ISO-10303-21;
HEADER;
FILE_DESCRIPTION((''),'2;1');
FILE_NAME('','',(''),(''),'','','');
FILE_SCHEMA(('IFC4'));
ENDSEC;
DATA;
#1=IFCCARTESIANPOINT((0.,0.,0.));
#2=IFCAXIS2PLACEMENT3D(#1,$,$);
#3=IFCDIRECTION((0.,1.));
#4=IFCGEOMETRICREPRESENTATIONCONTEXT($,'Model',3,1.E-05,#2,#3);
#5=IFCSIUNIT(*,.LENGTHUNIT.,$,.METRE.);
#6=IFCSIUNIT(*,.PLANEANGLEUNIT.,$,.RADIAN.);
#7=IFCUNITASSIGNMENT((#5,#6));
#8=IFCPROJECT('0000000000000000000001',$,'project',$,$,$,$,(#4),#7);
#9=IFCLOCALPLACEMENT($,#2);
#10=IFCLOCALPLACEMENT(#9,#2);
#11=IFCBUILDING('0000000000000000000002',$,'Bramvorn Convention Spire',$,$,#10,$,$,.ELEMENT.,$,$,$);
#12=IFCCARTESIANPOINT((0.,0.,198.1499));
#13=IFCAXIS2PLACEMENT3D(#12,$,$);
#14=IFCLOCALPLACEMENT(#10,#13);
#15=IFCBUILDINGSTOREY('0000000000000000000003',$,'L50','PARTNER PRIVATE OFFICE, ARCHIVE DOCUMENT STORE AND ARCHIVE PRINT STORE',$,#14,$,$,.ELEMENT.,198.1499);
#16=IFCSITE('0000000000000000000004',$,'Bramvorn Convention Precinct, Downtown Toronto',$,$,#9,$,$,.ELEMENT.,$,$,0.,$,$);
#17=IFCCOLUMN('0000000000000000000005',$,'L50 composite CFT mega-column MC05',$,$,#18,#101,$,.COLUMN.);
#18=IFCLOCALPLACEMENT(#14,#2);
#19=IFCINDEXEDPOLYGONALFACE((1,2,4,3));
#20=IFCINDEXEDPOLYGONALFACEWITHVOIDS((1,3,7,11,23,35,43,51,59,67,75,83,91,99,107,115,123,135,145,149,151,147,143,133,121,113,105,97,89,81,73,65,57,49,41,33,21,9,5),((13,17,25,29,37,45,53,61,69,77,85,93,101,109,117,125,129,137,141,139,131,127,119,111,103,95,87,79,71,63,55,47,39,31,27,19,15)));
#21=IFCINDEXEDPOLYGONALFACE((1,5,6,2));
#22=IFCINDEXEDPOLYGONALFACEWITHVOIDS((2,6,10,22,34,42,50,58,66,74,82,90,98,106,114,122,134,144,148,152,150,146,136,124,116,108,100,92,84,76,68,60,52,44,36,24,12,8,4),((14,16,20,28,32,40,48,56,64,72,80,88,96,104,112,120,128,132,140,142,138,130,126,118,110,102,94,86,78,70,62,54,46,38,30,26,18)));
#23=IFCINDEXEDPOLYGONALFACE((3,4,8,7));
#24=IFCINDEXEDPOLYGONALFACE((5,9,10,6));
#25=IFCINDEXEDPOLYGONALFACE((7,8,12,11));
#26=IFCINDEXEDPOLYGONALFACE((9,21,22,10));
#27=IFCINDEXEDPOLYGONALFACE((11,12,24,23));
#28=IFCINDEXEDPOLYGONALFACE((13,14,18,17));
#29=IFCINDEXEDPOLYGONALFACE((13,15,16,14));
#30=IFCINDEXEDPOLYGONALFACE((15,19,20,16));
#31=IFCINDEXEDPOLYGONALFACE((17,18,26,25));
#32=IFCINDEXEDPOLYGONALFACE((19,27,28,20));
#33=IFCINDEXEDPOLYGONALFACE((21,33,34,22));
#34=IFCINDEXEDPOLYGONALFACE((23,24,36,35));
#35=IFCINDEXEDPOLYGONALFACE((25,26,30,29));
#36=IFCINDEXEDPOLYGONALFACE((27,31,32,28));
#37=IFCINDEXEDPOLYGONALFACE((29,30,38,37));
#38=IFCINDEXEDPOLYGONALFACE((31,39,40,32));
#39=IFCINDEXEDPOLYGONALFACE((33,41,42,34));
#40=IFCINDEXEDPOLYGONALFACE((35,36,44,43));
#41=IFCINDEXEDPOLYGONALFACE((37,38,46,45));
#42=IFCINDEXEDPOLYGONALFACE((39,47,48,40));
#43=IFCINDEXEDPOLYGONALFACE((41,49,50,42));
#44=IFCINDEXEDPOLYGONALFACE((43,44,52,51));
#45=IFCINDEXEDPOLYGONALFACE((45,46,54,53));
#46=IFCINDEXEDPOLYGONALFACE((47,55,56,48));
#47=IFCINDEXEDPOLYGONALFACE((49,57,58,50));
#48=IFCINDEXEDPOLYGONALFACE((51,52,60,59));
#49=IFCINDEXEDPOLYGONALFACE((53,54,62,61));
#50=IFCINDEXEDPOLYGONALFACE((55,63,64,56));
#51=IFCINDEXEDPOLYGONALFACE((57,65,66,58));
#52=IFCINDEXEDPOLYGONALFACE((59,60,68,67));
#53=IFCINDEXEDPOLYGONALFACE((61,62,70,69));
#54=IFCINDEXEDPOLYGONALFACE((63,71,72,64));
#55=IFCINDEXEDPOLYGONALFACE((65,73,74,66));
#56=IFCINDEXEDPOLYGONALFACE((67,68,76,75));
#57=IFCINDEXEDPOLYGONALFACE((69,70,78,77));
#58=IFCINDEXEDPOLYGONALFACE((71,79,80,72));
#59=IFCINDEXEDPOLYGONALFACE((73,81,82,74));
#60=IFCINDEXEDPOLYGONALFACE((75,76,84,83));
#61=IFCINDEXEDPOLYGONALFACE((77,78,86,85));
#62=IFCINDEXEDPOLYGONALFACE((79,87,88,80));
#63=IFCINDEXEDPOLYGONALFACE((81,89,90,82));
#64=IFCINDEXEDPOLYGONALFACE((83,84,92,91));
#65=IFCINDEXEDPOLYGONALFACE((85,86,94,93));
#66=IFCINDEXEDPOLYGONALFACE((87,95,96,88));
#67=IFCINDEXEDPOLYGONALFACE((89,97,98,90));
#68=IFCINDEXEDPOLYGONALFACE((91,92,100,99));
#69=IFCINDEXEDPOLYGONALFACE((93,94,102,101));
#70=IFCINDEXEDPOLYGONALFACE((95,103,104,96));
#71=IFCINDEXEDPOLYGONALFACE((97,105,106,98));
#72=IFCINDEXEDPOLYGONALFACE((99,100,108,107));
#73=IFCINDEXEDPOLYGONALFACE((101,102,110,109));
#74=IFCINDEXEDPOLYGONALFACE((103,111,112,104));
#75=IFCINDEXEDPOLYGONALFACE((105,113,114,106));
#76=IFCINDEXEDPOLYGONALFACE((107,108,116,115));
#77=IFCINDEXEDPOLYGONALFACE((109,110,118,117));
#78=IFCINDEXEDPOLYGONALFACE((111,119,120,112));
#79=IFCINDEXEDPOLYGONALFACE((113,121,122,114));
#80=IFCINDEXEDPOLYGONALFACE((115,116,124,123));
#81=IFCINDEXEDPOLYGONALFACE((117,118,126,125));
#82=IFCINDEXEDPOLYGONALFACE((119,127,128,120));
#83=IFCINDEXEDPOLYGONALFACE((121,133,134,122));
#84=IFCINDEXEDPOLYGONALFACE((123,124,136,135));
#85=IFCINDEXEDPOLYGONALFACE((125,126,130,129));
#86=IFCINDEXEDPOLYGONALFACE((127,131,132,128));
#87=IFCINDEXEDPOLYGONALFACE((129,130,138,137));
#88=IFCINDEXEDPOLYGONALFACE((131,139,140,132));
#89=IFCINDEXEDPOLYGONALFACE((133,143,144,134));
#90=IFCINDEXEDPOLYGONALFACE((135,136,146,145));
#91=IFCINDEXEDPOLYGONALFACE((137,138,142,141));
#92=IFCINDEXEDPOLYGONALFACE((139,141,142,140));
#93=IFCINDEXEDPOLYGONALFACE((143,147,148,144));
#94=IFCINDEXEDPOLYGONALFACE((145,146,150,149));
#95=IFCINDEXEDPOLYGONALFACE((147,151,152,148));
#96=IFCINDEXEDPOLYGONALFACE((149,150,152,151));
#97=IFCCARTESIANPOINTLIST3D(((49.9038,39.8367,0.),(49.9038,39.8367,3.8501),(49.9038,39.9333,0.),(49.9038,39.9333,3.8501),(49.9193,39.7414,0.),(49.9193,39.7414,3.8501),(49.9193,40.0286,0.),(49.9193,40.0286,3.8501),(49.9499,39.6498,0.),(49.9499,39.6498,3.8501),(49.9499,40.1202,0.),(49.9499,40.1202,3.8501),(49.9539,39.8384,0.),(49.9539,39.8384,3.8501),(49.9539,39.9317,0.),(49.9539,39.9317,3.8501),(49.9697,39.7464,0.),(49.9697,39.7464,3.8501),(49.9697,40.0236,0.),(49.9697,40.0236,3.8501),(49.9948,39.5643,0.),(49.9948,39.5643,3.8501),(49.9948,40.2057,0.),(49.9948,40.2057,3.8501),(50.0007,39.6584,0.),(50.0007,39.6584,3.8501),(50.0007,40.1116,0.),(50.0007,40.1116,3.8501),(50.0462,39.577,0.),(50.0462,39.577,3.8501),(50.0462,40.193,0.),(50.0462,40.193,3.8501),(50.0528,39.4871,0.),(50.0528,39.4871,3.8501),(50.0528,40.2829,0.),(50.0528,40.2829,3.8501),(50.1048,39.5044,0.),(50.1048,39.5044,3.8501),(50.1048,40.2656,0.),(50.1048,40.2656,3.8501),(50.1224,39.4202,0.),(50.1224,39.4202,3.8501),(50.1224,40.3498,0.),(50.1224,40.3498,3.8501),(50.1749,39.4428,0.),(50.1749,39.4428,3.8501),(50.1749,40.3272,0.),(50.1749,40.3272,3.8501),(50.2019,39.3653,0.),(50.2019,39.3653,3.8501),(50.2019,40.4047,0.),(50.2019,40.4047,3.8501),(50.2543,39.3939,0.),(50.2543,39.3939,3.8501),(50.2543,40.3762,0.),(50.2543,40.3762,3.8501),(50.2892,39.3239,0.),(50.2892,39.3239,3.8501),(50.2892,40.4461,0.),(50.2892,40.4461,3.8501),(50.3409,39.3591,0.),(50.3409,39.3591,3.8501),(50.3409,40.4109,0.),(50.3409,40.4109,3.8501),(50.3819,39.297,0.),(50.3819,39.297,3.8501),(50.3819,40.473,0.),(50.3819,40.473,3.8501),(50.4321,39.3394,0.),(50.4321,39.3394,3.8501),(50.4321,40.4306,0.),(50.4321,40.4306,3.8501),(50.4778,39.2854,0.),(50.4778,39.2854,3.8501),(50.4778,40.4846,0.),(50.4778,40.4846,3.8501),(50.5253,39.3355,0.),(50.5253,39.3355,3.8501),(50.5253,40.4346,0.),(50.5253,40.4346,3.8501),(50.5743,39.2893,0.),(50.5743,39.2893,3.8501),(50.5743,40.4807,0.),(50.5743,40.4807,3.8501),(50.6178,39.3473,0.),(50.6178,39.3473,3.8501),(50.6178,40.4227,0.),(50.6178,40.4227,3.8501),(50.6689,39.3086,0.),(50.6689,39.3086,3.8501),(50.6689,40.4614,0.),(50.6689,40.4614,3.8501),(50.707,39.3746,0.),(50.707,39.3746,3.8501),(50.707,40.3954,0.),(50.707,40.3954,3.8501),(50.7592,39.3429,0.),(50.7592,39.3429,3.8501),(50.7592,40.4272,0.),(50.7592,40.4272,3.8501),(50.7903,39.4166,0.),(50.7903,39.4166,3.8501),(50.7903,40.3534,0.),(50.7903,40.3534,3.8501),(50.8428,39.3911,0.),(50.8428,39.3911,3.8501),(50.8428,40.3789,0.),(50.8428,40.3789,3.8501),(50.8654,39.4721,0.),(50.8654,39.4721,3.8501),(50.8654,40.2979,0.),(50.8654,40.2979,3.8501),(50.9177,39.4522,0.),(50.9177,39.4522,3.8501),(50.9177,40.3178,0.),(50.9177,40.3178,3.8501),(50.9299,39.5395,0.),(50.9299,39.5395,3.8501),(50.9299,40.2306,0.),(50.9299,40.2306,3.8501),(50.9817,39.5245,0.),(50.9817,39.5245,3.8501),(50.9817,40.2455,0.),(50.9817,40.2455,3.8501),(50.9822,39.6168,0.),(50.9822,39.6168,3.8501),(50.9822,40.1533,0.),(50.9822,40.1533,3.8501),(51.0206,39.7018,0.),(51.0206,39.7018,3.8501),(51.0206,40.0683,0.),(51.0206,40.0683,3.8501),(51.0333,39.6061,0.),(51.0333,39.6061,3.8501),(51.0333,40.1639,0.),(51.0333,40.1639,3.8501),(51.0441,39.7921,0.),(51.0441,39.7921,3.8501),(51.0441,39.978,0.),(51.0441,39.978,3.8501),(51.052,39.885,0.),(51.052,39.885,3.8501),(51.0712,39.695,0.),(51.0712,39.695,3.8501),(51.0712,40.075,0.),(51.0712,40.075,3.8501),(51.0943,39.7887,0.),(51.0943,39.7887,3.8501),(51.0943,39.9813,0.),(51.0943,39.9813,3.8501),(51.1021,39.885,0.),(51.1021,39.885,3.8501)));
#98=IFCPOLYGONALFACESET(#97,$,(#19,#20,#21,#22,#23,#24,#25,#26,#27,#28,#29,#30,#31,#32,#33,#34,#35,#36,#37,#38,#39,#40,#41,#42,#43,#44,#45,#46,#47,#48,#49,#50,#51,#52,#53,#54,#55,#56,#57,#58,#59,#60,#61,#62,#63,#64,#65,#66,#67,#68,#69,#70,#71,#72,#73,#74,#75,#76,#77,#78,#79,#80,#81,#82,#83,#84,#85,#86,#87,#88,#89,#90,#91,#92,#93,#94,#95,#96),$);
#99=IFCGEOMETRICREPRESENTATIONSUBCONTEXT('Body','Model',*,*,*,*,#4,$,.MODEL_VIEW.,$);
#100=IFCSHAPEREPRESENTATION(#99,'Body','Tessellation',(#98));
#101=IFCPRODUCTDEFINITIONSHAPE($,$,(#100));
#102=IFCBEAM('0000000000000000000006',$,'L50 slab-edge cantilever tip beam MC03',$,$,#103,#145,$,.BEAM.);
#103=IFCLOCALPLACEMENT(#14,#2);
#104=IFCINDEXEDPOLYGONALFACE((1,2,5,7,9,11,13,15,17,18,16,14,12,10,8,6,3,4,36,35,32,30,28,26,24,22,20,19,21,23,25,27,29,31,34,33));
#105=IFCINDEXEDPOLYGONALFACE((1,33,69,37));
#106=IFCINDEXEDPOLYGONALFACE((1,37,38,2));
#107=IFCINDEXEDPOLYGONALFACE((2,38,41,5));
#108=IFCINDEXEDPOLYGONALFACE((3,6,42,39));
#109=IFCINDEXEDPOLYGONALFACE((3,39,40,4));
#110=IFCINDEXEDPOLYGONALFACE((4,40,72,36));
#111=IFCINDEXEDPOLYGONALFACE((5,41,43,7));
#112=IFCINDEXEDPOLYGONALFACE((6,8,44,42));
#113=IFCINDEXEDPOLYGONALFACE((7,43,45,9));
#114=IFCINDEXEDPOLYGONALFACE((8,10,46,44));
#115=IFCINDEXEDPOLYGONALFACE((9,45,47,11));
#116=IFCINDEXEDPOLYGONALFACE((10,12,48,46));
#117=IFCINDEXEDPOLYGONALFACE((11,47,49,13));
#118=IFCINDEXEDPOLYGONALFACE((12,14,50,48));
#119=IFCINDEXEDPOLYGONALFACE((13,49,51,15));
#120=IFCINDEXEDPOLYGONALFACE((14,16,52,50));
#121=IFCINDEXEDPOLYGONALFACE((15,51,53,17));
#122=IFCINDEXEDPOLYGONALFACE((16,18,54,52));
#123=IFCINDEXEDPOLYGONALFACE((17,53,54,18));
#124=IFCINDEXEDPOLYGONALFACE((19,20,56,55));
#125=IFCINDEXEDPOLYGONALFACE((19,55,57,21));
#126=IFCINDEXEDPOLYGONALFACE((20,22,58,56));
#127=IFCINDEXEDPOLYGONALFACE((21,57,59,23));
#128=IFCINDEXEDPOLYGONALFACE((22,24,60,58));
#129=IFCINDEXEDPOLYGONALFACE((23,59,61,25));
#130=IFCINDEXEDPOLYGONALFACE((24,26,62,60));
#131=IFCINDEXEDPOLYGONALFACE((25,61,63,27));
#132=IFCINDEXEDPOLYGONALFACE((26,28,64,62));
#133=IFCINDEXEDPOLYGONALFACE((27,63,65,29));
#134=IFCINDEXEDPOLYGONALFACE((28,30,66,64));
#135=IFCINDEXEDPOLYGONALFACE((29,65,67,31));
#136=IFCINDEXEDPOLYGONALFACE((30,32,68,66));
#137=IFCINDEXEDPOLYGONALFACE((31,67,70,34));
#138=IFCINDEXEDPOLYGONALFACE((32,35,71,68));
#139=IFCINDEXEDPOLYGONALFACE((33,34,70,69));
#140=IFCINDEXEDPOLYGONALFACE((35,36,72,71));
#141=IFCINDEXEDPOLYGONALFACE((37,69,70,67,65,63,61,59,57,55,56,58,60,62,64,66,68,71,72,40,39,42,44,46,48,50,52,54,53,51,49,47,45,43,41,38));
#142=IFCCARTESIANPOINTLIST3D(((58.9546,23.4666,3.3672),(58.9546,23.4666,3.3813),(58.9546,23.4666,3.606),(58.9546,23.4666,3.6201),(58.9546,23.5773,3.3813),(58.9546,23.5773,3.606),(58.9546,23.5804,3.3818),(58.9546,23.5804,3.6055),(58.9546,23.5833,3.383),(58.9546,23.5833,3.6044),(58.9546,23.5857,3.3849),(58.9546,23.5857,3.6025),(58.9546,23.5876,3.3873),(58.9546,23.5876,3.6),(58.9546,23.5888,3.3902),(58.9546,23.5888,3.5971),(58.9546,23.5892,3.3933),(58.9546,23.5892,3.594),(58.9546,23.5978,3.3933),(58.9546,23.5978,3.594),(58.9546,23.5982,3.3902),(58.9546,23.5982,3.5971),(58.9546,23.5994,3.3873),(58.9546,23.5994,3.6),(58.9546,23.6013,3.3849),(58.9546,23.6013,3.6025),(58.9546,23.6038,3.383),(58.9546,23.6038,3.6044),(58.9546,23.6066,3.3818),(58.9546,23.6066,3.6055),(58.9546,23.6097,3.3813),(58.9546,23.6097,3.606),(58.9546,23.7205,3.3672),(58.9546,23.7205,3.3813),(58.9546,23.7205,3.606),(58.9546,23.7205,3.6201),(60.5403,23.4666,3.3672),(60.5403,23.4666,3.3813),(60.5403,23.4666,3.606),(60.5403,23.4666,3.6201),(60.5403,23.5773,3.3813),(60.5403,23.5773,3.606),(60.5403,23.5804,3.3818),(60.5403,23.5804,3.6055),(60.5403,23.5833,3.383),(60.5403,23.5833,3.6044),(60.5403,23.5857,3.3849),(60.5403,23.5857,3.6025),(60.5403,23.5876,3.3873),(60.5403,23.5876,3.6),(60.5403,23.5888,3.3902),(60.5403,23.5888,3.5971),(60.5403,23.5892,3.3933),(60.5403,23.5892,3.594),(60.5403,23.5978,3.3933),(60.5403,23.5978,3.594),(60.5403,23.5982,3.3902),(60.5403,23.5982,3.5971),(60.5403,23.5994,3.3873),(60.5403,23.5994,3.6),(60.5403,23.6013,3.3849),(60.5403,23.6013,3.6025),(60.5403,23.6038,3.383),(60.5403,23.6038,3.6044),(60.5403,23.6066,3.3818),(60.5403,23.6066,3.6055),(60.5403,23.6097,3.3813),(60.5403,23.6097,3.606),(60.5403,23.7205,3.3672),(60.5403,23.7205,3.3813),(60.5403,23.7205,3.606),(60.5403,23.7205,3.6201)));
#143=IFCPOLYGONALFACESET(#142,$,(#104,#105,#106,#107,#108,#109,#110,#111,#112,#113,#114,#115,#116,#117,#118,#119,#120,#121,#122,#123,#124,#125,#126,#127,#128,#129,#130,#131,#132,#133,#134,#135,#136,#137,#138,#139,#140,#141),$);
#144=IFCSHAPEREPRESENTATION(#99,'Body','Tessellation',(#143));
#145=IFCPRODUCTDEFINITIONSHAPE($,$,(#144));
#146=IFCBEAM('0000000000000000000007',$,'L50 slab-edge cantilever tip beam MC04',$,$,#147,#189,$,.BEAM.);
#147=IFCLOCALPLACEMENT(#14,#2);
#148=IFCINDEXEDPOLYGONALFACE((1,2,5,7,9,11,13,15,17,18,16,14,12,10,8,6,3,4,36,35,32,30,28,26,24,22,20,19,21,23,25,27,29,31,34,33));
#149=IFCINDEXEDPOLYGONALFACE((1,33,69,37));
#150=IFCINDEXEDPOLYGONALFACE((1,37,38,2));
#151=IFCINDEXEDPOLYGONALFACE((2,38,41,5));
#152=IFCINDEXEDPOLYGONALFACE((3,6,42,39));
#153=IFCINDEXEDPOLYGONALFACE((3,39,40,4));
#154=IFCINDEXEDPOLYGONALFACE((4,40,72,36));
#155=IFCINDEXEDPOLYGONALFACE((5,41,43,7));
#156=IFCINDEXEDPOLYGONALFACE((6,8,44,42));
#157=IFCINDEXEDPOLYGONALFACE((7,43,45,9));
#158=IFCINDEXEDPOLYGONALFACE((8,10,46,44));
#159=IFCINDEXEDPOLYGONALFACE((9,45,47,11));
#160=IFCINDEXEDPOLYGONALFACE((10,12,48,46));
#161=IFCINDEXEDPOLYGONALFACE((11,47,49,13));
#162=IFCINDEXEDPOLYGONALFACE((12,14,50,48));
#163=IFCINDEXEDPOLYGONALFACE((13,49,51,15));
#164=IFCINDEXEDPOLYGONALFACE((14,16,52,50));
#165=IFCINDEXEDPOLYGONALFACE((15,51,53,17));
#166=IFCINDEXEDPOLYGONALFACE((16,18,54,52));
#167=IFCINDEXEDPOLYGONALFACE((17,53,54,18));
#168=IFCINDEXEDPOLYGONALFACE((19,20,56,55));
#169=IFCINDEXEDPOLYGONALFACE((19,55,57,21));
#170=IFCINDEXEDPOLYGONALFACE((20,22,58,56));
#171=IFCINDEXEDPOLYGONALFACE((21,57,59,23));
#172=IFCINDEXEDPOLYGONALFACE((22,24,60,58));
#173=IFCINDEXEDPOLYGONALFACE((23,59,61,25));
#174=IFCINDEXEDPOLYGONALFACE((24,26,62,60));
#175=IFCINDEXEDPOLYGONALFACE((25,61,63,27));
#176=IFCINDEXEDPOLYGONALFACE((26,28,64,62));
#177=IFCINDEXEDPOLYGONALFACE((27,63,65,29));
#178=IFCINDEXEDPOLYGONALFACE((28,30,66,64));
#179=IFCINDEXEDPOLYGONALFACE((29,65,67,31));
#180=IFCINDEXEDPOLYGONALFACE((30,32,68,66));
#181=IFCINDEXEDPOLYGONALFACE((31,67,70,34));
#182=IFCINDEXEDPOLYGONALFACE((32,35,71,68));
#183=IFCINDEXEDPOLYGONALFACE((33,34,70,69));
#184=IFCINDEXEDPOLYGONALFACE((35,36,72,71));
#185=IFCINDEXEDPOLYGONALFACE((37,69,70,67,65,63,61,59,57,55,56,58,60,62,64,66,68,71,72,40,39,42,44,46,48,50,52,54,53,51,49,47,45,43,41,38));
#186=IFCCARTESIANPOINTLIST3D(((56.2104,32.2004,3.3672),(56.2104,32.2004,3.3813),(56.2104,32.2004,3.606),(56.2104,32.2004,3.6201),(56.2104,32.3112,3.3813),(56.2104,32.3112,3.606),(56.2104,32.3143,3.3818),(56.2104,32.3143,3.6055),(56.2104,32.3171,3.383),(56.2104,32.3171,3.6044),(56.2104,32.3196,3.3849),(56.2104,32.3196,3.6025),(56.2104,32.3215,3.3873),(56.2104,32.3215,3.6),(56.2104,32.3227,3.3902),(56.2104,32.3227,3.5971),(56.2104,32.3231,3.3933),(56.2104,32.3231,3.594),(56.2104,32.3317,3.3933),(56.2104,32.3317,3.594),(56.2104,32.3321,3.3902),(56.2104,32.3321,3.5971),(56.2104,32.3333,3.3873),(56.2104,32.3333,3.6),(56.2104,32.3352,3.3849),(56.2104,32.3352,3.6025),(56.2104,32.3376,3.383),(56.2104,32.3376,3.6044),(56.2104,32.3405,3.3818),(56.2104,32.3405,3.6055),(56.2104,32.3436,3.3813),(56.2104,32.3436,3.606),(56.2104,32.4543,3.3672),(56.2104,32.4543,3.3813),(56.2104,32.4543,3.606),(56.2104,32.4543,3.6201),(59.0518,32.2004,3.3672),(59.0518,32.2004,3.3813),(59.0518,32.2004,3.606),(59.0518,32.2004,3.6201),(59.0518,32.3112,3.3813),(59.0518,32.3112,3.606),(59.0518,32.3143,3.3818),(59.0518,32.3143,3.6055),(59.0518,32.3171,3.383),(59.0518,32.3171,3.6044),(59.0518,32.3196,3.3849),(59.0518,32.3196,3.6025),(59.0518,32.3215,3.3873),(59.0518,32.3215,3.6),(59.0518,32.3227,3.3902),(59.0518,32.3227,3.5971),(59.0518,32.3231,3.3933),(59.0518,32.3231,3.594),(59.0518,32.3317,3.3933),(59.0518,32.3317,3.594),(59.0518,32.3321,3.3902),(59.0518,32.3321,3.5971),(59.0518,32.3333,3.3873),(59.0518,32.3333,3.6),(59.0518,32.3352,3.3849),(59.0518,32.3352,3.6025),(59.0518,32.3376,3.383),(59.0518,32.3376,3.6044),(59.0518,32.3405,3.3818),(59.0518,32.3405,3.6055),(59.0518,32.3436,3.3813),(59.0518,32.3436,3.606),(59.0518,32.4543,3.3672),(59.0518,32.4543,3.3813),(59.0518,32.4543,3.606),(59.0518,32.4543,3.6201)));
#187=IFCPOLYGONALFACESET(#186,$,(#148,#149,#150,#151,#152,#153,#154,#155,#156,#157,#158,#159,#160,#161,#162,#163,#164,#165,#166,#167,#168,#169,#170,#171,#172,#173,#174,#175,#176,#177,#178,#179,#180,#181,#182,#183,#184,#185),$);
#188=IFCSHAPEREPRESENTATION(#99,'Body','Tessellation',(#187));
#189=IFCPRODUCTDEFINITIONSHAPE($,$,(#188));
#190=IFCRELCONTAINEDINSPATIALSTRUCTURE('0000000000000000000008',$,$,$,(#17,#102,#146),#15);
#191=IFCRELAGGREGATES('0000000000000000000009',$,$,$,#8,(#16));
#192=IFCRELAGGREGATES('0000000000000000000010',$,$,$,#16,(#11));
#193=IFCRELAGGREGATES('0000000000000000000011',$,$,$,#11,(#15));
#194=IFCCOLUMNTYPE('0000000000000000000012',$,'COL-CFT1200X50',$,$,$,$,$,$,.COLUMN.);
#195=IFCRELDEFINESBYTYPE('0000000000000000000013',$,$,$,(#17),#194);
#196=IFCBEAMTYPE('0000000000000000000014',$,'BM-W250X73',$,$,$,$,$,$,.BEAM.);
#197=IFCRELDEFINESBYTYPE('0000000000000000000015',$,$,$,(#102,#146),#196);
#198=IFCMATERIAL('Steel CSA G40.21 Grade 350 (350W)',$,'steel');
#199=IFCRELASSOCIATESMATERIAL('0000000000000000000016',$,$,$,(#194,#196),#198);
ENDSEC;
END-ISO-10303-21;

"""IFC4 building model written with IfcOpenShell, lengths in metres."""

from ifc_helpers import new_model, si_unit, direction, frame, origin, origin_2d, place, context, subcontext, project, spatial, hollow_circle, i_section, extrude, material, material_profile, profile_set, type_object, element, save


model = new_model("IFC4")

# Units and contexts
model_context = context("Model", 3, precision=1e-05, world=origin(), true_north=direction((0.0, 1.0)))
body_context = subcontext(model_context, "Body", "Model", "MODEL_VIEW")
ifc_project = project(units=[si_unit("LENGTHUNIT", "METRE"), si_unit("PLANEANGLEUNIT", "RADIAN")], contexts=[model_context])

# Site, building, storey
site_placement = place(None, origin())
site = spatial("IfcSite", under=ifc_project, at=site_placement, Name="Bramvorn Convention Precinct, Downtown Toronto", CompositionType="ELEMENT", RefElevation=0.0)
building_placement = place(site_placement, origin())
building = spatial("IfcBuilding", under=site, at=building_placement, Name="Bramvorn Convention Spire", CompositionType="ELEMENT")
storey_placement = place(building_placement, frame((0.0, 0.0, 198.1499)))
storey = spatial("IfcBuildingStorey", under=building, at=storey_placement, Name="L50", Description="PARTNER PRIVATE OFFICE, ARCHIVE DOCUMENT STORE AND ARCHIVE PRINT STORE", CompositionType="ELEMENT", Elevation=198.1499)

# Column
ifc_material_1 = material(Name="Steel CSA G40.21 Grade 350 (350W)", Category="steel")
ifc_material_profile_1 = material_profile(ifc_material_1, hollow_circle(Radius=0.6001, WallThickness=0.05, at=origin_2d()))
ifc_profile_set_1 = profile_set([ifc_material_profile_1], Name="Steel CSA G40.21 Grade 350 (350W) - CFT1200X50")
column_type = type_object("IfcColumnType", Name="COL-CFT1200X50", PredefinedType="COLUMN", material=ifc_profile_set_1)
for number, where, z_axis, x_axis, name in (
    (1, (50.502, 39.885, 0.0), (0.0, 0.0, 1.0), (1.0, 0.0, 0.0), "L50 composite CFT mega-column MC05"),
):
    element("IfcColumn", number, at=place(storey_placement, frame(where, z_axis=z_axis, x_axis=x_axis)), inside=storey, type_object=column_type, Name=name, PredefinedType="COLUMN", context=body_context, shape_type="SweptSolid", body=[
        extrude(hollow_circle(Radius=0.6001, WallThickness=0.05, at=origin_2d()), origin(), (0.0, 0.0, 1.0), 3.8501),
    ])

# Beams
ifc_material_profile_2 = material_profile(ifc_material_1, i_section(OverallWidth=0.2539, OverallDepth=0.2529, WebThickness=0.0085, FlangeThickness=0.0142, FilletRadius=0.012, at=origin_2d()))
ifc_profile_set_2 = profile_set([ifc_material_profile_2], Name="Steel CSA G40.21 Grade 350 (350W) - W250X73")
beam_type_1 = type_object("IfcBeamType", Name="BM-W250X73", PredefinedType="BEAM", material=ifc_profile_set_2)
beam_1_placement = place(storey_placement, frame((58.9546, 23.5935, 3.4937), z_axis=(1.0, 0.0, 0.0), x_axis=(0.0, 1.0, 0.0)))
element("IfcBeam", 2, at=beam_1_placement, inside=storey, type_object=beam_type_1, Name="L50 slab-edge cantilever tip beam MC03", PredefinedType="BEAM", context=body_context, shape_type="SweptSolid", body=[
    extrude(i_section(OverallWidth=0.2539, OverallDepth=0.2529, WebThickness=0.0085, FlangeThickness=0.0142, FilletRadius=0.012, at=origin_2d()), origin(), (0.0, 0.0, 1.0), 1.5857),
])
beam_2_placement = place(storey_placement, frame((56.2104, 32.3274, 3.4937), z_axis=(1.0, 0.0, 0.0), x_axis=(0.0, 1.0, 0.0)))
element("IfcBeam", 3, at=beam_2_placement, inside=storey, type_object=beam_type_1, Name="L50 slab-edge cantilever tip beam MC04", PredefinedType="BEAM", context=body_context, shape_type="SweptSolid", body=[
    extrude(i_section(OverallWidth=0.2539, OverallDepth=0.2529, WebThickness=0.0085, FlangeThickness=0.0142, FilletRadius=0.012, at=origin_2d()), origin(), (0.0, 0.0, 1.0), 2.8413),
])

save(model, "model.ifc")
